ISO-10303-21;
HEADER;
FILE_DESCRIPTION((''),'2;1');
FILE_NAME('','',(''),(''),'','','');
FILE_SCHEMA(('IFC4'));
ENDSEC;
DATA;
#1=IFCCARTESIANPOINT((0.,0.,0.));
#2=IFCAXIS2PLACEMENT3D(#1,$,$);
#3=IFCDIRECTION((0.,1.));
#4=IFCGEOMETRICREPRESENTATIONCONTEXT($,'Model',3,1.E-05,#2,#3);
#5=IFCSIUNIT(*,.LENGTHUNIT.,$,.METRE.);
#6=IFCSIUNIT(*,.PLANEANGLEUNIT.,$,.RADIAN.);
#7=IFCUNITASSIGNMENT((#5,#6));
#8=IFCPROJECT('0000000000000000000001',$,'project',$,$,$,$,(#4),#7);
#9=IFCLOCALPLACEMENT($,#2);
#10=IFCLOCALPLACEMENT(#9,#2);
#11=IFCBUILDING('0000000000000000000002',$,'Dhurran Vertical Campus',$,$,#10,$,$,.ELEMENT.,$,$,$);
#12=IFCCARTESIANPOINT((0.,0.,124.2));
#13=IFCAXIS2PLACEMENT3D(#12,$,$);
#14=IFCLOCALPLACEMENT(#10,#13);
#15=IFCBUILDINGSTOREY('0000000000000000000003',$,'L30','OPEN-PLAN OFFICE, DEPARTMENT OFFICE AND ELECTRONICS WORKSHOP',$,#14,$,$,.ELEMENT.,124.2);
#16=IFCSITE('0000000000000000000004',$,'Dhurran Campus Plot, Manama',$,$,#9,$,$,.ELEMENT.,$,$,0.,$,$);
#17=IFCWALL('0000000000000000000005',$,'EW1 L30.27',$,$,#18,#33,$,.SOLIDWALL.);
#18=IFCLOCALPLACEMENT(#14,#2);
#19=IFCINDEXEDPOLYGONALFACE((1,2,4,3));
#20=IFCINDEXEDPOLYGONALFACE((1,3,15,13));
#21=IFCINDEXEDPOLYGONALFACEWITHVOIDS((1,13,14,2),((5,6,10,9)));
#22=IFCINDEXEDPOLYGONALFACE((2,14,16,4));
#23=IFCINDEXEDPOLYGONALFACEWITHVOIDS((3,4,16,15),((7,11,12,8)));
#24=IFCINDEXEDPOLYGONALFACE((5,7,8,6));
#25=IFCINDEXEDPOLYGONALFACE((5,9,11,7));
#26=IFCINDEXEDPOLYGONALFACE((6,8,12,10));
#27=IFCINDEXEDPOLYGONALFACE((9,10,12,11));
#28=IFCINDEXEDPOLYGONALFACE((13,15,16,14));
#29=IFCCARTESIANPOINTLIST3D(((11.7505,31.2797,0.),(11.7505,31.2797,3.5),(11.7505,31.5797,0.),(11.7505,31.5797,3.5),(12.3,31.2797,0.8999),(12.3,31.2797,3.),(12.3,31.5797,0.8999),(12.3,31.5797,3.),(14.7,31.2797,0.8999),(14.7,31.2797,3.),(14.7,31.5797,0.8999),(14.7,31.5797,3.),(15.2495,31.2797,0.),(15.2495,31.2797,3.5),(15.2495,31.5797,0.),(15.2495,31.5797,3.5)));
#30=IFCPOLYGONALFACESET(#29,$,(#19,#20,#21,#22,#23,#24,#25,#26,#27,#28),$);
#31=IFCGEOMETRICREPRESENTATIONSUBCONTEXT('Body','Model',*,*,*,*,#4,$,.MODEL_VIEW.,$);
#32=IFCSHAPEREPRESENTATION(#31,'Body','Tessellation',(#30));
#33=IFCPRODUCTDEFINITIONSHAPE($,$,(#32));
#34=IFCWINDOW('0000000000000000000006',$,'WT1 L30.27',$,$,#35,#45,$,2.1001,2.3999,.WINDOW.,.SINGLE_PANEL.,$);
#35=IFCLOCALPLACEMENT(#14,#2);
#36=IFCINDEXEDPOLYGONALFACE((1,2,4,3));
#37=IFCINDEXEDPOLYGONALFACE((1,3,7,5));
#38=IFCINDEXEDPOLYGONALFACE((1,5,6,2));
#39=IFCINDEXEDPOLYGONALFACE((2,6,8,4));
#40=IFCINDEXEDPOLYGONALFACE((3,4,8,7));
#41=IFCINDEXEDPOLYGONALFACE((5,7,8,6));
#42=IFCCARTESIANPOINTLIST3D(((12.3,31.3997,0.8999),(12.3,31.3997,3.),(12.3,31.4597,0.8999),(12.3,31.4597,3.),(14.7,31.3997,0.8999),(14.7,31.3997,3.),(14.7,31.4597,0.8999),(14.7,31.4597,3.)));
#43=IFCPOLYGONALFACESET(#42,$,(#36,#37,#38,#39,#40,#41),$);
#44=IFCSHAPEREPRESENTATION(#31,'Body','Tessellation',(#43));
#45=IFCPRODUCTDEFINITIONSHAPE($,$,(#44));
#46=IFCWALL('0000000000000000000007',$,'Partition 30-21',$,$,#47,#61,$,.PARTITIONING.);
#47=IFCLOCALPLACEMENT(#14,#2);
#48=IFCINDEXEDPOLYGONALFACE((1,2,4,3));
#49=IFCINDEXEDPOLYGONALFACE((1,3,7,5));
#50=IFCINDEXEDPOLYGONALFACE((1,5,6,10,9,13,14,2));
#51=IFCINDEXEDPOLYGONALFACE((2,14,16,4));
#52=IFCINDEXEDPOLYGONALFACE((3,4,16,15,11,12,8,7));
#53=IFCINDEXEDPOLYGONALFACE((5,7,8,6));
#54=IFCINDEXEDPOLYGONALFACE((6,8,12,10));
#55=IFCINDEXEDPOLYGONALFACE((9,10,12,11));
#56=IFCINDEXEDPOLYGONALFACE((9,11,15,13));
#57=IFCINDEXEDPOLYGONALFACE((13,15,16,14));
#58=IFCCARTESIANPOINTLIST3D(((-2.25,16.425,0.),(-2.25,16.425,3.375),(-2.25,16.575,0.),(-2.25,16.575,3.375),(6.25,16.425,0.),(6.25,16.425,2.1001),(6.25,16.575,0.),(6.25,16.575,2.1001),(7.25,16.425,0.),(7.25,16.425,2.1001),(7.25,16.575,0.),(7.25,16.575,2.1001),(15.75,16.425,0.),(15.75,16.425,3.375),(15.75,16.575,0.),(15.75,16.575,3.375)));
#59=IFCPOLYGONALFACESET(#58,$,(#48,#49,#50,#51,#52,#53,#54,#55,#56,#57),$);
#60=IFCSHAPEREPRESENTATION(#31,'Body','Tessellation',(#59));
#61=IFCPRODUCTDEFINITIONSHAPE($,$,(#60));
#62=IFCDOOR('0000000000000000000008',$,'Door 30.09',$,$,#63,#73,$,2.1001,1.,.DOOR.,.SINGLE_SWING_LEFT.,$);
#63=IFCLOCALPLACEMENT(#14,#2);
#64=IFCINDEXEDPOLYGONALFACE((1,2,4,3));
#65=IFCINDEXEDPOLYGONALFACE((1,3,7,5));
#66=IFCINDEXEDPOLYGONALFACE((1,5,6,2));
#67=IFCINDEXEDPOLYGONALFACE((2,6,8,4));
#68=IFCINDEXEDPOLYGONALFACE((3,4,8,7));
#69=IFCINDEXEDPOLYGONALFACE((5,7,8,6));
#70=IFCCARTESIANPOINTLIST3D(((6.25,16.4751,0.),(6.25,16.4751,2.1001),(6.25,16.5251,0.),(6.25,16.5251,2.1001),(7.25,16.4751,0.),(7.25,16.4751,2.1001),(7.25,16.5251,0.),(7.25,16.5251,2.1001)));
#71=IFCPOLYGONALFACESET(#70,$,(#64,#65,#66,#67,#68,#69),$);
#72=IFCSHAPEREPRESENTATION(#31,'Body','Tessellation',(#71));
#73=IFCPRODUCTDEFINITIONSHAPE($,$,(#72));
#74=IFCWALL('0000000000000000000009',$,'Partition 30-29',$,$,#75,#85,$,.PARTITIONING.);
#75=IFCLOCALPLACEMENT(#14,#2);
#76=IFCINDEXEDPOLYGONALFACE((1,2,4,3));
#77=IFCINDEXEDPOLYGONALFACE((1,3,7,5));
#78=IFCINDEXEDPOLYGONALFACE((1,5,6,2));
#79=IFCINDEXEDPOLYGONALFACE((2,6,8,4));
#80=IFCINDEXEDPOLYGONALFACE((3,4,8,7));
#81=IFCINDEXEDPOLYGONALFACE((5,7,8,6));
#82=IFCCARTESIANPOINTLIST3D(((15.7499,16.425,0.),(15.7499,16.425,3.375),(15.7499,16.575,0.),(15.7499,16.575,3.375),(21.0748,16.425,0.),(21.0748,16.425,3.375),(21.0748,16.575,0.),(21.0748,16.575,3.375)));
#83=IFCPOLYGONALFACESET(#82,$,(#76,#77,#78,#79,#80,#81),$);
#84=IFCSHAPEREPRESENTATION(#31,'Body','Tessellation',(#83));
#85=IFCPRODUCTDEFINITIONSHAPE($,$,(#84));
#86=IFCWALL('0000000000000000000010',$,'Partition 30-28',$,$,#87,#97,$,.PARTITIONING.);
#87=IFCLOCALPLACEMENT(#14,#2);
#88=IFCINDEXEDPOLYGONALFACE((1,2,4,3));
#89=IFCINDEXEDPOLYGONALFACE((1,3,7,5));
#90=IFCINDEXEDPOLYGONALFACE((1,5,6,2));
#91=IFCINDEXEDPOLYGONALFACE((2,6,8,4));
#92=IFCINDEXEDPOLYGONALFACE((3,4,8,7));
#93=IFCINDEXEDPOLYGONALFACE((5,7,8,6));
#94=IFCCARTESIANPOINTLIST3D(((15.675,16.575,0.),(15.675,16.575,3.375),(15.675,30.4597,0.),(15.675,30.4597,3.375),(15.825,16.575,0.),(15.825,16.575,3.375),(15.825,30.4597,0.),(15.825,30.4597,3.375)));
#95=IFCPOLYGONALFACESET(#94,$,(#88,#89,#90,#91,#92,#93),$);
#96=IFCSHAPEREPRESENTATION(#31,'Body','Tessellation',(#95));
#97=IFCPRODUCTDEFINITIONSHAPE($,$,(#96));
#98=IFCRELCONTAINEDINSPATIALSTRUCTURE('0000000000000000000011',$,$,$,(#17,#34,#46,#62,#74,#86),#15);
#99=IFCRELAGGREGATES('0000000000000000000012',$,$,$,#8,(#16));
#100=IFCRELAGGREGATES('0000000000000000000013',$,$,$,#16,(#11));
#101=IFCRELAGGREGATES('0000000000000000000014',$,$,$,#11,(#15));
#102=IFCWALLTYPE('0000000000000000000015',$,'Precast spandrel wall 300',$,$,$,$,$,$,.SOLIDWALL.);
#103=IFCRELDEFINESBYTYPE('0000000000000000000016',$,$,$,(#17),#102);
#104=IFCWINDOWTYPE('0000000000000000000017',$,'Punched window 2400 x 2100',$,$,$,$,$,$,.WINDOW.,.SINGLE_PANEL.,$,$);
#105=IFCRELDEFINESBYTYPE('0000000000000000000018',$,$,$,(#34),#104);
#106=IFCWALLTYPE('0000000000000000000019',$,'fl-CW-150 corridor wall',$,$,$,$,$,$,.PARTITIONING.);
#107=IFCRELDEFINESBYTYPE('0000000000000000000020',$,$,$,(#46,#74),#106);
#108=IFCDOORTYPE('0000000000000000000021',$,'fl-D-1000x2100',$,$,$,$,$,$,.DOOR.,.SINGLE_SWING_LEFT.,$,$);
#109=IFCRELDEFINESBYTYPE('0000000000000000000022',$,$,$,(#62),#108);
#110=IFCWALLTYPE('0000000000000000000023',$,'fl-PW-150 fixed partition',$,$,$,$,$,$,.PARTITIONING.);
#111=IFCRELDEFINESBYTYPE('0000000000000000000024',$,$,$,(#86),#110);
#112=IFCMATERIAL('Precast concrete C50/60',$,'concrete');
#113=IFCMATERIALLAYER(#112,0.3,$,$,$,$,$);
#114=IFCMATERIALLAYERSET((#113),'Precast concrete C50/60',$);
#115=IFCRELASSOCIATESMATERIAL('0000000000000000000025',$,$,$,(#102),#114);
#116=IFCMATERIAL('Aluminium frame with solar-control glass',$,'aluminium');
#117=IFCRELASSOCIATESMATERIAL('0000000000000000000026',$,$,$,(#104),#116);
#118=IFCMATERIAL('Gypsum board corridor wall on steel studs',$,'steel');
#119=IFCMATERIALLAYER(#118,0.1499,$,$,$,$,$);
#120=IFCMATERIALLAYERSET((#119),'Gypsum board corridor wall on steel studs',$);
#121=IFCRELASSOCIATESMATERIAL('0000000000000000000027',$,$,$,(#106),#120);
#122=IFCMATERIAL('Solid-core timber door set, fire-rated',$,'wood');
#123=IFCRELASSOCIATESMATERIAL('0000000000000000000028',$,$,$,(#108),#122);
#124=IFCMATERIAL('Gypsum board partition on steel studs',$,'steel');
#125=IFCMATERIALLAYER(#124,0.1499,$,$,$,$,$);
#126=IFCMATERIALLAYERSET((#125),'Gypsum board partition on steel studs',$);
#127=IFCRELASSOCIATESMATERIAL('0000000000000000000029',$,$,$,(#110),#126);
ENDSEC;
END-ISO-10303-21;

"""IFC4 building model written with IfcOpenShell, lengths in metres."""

from ifc_helpers import new_model, si_unit, direction, frame, frame_2d, origin, place, context, subcontext, project, spatial, rectangle, extrude, material, layer, layer_set, type_object, element, fill, save


model = new_model("IFC4")

# Units and contexts
model_context = context("Model", 3, precision=1e-05, world=origin(), true_north=direction((0.0, 1.0)))
body_context = subcontext(model_context, "Body", "Model", "MODEL_VIEW")
ifc_project = project(units=[si_unit("LENGTHUNIT", "METRE"), si_unit("PLANEANGLEUNIT", "RADIAN")], contexts=[model_context])

# Site, building, storey
site_placement = place(None, origin())
site = spatial("IfcSite", under=ifc_project, at=site_placement, Name="Dhurran Campus Plot, Manama", CompositionType="ELEMENT", RefElevation=0.0)
building_placement = place(site_placement, origin())
building = spatial("IfcBuilding", under=site, at=building_placement, Name="Dhurran Vertical Campus", CompositionType="ELEMENT")
storey_placement = place(building_placement, frame((0.0, 0.0, 124.2)))
storey = spatial("IfcBuildingStorey", under=building, at=storey_placement, Name="L30", Description="OPEN-PLAN OFFICE, DEPARTMENT OFFICE AND ELECTRONICS WORKSHOP", CompositionType="ELEMENT", Elevation=124.2)

# Wall, opening, window
ifc_material_1 = material(Name="Precast concrete C50/60", Category="concrete")
ifc_layer_1 = layer(ifc_material_1, 0.3)
ifc_layer_set_1 = layer_set([ifc_layer_1], Name="Precast concrete C50/60")
wall_type_1 = type_object("IfcWallType", Name="Precast spandrel wall 300", PredefinedType="SOLIDWALL", material=ifc_layer_set_1)
ifc_material_2 = material(Name="Aluminium frame with solar-control glass", Category="aluminium")
window_type = type_object("IfcWindowType", Name="Punched window 2400 x 2100", PartitioningType="SINGLE_PANEL", PredefinedType="WINDOW", material=ifc_material_2)
wall_1_placement = place(storey_placement, frame((15.2495, 31.4297, 0.0), z_axis=(0.0, 0.0, 1.0), x_axis=(-1.0, 0.0, 0.0)))
wall_1 = element("IfcWall", 1, at=wall_1_placement, inside=storey, type_object=wall_type_1, Name="EW1 L30.27", PredefinedType="SOLIDWALL", context=body_context, shape_type="SweptSolid", body=[
    extrude(rectangle(XDim=3.499, YDim=0.3, at=frame_2d((1.7495, 0.0))), origin(), (0.0, 0.0, 1.0), 3.5),
])
opening_1_placement = place(wall_1_placement, frame((0.5496, 0.0, 0.8999)))
opening_1 = element("IfcOpeningElement", 2, at=opening_1_placement, cuts=wall_1, PredefinedType="OPENING", context=body_context, shape_type="SweptSolid", body=[
    extrude(rectangle(XDim=2.3999, YDim=2.1001, at=frame_2d((1.2, 1.05))), frame((0.0, 0.1599, 0.0), z_axis=(0.0, -1.0, 0.0), x_axis=(1.0, 0.0, 0.0)), (0.0, 0.0, 1.0), 0.3201),
])
window_1_placement = place(opening_1_placement, origin())
window_1 = element("IfcWindow", 3, at=window_1_placement, inside=storey, type_object=window_type, Name="WT1 L30.27", OverallHeight=2.1001, OverallWidth=2.3999, PartitioningType="SINGLE_PANEL", PredefinedType="WINDOW", context=body_context, shape_type="SweptSolid", body=[
    extrude(rectangle(XDim=2.3999, YDim=2.1001, at=frame_2d((1.2, 1.05))), frame((0.0, 0.03, 0.0), z_axis=(0.0, -1.0, 0.0), x_axis=(1.0, 0.0, 0.0)), (0.0, 0.0, 1.0), 0.0601),
])
fill(opening_1, window_1)

# Wall, opening, door
ifc_material_3 = material(Name="Gypsum board corridor wall on steel studs", Category="steel")
ifc_layer_2 = layer(ifc_material_3, 0.1499)
ifc_layer_set_2 = layer_set([ifc_layer_2], Name="Gypsum board corridor wall on steel studs")
wall_type_2 = type_object("IfcWallType", Name="fl-CW-150 corridor wall", PredefinedType="PARTITIONING", material=ifc_layer_set_2)
wall_2_placement = place(storey_placement, frame((15.75, 16.5, 0.0), z_axis=(0.0, 0.0, 1.0), x_axis=(-1.0, 0.0, 0.0)))
wall_2 = element("IfcWall", 4, at=wall_2_placement, inside=storey, type_object=wall_type_2, Name="Partition 30-21", PredefinedType="PARTITIONING", context=body_context, shape_type="SweptSolid", body=[
    extrude(rectangle(XDim=18.0, YDim=0.1499, at=frame_2d((9.0, 0.0))), origin(), (0.0, 0.0, 1.0), 3.375),
])
opening_2_placement = place(wall_2_placement, frame((8.5, 0.0, 0.0)))
opening_2 = element("IfcOpeningElement", 5, at=opening_2_placement, cuts=wall_2, PredefinedType="OPENING", context=body_context, shape_type="SweptSolid", body=[
    extrude(rectangle(XDim=1.0, YDim=2.1001, at=frame_2d((0.5, 1.05))), frame((0.0, 0.085, 0.0), z_axis=(0.0, -1.0, 0.0), x_axis=(1.0, 0.0, 0.0)), (0.0, 0.0, 1.0), 0.1699),
])
ifc_material_4 = material(Name="Solid-core timber door set, fire-rated", Category="wood")
door_type = type_object("IfcDoorType", Name="fl-D-1000x2100", OperationType="SINGLE_SWING_LEFT", PredefinedType="DOOR", material=ifc_material_4)
door_placement = place(opening_2_placement, origin())
door = element("IfcDoor", 6, at=door_placement, inside=storey, type_object=door_type, Name="Door 30.09", OperationType="SINGLE_SWING_LEFT", OverallHeight=2.1001, OverallWidth=1.0, PredefinedType="DOOR", context=body_context, shape_type="SweptSolid", body=[
    extrude(rectangle(XDim=1.0, YDim=2.1001, at=frame_2d((0.5, 1.05))), frame((0.0, 0.0249, 0.0), z_axis=(0.0, -1.0, 0.0), x_axis=(1.0, 0.0, 0.0)), (0.0, 0.0, 1.0), 0.05),
])
fill(opening_2, door)

# Walls
wall_3_placement = place(storey_placement, frame((21.075, 16.5, 0.0), z_axis=(0.0, 0.0, 1.0), x_axis=(-1.0, 0.0, 0.0)))
element("IfcWall", 7, at=wall_3_placement, inside=storey, type_object=wall_type_2, Name="Partition 30-29", PredefinedType="PARTITIONING", context=body_context, shape_type="SweptSolid", body=[
    extrude(rectangle(XDim=5.325, YDim=0.1499, at=frame_2d((2.6626, 0.0))), origin(), (0.0, 0.0, 1.0), 3.375),
])
ifc_material_5 = material(Name="Gypsum board partition on steel studs", Category="steel")
ifc_layer_3 = layer(ifc_material_5, 0.1499)
ifc_layer_set_3 = layer_set([ifc_layer_3], Name="Gypsum board partition on steel studs")
wall_type_3 = type_object("IfcWallType", Name="fl-PW-150 fixed partition", PredefinedType="PARTITIONING", material=ifc_layer_set_3)
wall_4_placement = place(storey_placement, frame((15.75, 30.4597, 0.0), z_axis=(0.0, 0.0, 1.0), x_axis=(0.0, -1.0, 0.0)))
element("IfcWall", 8, at=wall_4_placement, inside=storey, type_object=wall_type_3, Name="Partition 30-28", PredefinedType="PARTITIONING", context=body_context, shape_type="SweptSolid", body=[
    extrude(rectangle(XDim=13.8848, YDim=0.1499, at=frame_2d((6.9424, 0.0))), origin(), (0.0, 0.0, 1.0), 3.375),
])

save(model, "model.ifc")
